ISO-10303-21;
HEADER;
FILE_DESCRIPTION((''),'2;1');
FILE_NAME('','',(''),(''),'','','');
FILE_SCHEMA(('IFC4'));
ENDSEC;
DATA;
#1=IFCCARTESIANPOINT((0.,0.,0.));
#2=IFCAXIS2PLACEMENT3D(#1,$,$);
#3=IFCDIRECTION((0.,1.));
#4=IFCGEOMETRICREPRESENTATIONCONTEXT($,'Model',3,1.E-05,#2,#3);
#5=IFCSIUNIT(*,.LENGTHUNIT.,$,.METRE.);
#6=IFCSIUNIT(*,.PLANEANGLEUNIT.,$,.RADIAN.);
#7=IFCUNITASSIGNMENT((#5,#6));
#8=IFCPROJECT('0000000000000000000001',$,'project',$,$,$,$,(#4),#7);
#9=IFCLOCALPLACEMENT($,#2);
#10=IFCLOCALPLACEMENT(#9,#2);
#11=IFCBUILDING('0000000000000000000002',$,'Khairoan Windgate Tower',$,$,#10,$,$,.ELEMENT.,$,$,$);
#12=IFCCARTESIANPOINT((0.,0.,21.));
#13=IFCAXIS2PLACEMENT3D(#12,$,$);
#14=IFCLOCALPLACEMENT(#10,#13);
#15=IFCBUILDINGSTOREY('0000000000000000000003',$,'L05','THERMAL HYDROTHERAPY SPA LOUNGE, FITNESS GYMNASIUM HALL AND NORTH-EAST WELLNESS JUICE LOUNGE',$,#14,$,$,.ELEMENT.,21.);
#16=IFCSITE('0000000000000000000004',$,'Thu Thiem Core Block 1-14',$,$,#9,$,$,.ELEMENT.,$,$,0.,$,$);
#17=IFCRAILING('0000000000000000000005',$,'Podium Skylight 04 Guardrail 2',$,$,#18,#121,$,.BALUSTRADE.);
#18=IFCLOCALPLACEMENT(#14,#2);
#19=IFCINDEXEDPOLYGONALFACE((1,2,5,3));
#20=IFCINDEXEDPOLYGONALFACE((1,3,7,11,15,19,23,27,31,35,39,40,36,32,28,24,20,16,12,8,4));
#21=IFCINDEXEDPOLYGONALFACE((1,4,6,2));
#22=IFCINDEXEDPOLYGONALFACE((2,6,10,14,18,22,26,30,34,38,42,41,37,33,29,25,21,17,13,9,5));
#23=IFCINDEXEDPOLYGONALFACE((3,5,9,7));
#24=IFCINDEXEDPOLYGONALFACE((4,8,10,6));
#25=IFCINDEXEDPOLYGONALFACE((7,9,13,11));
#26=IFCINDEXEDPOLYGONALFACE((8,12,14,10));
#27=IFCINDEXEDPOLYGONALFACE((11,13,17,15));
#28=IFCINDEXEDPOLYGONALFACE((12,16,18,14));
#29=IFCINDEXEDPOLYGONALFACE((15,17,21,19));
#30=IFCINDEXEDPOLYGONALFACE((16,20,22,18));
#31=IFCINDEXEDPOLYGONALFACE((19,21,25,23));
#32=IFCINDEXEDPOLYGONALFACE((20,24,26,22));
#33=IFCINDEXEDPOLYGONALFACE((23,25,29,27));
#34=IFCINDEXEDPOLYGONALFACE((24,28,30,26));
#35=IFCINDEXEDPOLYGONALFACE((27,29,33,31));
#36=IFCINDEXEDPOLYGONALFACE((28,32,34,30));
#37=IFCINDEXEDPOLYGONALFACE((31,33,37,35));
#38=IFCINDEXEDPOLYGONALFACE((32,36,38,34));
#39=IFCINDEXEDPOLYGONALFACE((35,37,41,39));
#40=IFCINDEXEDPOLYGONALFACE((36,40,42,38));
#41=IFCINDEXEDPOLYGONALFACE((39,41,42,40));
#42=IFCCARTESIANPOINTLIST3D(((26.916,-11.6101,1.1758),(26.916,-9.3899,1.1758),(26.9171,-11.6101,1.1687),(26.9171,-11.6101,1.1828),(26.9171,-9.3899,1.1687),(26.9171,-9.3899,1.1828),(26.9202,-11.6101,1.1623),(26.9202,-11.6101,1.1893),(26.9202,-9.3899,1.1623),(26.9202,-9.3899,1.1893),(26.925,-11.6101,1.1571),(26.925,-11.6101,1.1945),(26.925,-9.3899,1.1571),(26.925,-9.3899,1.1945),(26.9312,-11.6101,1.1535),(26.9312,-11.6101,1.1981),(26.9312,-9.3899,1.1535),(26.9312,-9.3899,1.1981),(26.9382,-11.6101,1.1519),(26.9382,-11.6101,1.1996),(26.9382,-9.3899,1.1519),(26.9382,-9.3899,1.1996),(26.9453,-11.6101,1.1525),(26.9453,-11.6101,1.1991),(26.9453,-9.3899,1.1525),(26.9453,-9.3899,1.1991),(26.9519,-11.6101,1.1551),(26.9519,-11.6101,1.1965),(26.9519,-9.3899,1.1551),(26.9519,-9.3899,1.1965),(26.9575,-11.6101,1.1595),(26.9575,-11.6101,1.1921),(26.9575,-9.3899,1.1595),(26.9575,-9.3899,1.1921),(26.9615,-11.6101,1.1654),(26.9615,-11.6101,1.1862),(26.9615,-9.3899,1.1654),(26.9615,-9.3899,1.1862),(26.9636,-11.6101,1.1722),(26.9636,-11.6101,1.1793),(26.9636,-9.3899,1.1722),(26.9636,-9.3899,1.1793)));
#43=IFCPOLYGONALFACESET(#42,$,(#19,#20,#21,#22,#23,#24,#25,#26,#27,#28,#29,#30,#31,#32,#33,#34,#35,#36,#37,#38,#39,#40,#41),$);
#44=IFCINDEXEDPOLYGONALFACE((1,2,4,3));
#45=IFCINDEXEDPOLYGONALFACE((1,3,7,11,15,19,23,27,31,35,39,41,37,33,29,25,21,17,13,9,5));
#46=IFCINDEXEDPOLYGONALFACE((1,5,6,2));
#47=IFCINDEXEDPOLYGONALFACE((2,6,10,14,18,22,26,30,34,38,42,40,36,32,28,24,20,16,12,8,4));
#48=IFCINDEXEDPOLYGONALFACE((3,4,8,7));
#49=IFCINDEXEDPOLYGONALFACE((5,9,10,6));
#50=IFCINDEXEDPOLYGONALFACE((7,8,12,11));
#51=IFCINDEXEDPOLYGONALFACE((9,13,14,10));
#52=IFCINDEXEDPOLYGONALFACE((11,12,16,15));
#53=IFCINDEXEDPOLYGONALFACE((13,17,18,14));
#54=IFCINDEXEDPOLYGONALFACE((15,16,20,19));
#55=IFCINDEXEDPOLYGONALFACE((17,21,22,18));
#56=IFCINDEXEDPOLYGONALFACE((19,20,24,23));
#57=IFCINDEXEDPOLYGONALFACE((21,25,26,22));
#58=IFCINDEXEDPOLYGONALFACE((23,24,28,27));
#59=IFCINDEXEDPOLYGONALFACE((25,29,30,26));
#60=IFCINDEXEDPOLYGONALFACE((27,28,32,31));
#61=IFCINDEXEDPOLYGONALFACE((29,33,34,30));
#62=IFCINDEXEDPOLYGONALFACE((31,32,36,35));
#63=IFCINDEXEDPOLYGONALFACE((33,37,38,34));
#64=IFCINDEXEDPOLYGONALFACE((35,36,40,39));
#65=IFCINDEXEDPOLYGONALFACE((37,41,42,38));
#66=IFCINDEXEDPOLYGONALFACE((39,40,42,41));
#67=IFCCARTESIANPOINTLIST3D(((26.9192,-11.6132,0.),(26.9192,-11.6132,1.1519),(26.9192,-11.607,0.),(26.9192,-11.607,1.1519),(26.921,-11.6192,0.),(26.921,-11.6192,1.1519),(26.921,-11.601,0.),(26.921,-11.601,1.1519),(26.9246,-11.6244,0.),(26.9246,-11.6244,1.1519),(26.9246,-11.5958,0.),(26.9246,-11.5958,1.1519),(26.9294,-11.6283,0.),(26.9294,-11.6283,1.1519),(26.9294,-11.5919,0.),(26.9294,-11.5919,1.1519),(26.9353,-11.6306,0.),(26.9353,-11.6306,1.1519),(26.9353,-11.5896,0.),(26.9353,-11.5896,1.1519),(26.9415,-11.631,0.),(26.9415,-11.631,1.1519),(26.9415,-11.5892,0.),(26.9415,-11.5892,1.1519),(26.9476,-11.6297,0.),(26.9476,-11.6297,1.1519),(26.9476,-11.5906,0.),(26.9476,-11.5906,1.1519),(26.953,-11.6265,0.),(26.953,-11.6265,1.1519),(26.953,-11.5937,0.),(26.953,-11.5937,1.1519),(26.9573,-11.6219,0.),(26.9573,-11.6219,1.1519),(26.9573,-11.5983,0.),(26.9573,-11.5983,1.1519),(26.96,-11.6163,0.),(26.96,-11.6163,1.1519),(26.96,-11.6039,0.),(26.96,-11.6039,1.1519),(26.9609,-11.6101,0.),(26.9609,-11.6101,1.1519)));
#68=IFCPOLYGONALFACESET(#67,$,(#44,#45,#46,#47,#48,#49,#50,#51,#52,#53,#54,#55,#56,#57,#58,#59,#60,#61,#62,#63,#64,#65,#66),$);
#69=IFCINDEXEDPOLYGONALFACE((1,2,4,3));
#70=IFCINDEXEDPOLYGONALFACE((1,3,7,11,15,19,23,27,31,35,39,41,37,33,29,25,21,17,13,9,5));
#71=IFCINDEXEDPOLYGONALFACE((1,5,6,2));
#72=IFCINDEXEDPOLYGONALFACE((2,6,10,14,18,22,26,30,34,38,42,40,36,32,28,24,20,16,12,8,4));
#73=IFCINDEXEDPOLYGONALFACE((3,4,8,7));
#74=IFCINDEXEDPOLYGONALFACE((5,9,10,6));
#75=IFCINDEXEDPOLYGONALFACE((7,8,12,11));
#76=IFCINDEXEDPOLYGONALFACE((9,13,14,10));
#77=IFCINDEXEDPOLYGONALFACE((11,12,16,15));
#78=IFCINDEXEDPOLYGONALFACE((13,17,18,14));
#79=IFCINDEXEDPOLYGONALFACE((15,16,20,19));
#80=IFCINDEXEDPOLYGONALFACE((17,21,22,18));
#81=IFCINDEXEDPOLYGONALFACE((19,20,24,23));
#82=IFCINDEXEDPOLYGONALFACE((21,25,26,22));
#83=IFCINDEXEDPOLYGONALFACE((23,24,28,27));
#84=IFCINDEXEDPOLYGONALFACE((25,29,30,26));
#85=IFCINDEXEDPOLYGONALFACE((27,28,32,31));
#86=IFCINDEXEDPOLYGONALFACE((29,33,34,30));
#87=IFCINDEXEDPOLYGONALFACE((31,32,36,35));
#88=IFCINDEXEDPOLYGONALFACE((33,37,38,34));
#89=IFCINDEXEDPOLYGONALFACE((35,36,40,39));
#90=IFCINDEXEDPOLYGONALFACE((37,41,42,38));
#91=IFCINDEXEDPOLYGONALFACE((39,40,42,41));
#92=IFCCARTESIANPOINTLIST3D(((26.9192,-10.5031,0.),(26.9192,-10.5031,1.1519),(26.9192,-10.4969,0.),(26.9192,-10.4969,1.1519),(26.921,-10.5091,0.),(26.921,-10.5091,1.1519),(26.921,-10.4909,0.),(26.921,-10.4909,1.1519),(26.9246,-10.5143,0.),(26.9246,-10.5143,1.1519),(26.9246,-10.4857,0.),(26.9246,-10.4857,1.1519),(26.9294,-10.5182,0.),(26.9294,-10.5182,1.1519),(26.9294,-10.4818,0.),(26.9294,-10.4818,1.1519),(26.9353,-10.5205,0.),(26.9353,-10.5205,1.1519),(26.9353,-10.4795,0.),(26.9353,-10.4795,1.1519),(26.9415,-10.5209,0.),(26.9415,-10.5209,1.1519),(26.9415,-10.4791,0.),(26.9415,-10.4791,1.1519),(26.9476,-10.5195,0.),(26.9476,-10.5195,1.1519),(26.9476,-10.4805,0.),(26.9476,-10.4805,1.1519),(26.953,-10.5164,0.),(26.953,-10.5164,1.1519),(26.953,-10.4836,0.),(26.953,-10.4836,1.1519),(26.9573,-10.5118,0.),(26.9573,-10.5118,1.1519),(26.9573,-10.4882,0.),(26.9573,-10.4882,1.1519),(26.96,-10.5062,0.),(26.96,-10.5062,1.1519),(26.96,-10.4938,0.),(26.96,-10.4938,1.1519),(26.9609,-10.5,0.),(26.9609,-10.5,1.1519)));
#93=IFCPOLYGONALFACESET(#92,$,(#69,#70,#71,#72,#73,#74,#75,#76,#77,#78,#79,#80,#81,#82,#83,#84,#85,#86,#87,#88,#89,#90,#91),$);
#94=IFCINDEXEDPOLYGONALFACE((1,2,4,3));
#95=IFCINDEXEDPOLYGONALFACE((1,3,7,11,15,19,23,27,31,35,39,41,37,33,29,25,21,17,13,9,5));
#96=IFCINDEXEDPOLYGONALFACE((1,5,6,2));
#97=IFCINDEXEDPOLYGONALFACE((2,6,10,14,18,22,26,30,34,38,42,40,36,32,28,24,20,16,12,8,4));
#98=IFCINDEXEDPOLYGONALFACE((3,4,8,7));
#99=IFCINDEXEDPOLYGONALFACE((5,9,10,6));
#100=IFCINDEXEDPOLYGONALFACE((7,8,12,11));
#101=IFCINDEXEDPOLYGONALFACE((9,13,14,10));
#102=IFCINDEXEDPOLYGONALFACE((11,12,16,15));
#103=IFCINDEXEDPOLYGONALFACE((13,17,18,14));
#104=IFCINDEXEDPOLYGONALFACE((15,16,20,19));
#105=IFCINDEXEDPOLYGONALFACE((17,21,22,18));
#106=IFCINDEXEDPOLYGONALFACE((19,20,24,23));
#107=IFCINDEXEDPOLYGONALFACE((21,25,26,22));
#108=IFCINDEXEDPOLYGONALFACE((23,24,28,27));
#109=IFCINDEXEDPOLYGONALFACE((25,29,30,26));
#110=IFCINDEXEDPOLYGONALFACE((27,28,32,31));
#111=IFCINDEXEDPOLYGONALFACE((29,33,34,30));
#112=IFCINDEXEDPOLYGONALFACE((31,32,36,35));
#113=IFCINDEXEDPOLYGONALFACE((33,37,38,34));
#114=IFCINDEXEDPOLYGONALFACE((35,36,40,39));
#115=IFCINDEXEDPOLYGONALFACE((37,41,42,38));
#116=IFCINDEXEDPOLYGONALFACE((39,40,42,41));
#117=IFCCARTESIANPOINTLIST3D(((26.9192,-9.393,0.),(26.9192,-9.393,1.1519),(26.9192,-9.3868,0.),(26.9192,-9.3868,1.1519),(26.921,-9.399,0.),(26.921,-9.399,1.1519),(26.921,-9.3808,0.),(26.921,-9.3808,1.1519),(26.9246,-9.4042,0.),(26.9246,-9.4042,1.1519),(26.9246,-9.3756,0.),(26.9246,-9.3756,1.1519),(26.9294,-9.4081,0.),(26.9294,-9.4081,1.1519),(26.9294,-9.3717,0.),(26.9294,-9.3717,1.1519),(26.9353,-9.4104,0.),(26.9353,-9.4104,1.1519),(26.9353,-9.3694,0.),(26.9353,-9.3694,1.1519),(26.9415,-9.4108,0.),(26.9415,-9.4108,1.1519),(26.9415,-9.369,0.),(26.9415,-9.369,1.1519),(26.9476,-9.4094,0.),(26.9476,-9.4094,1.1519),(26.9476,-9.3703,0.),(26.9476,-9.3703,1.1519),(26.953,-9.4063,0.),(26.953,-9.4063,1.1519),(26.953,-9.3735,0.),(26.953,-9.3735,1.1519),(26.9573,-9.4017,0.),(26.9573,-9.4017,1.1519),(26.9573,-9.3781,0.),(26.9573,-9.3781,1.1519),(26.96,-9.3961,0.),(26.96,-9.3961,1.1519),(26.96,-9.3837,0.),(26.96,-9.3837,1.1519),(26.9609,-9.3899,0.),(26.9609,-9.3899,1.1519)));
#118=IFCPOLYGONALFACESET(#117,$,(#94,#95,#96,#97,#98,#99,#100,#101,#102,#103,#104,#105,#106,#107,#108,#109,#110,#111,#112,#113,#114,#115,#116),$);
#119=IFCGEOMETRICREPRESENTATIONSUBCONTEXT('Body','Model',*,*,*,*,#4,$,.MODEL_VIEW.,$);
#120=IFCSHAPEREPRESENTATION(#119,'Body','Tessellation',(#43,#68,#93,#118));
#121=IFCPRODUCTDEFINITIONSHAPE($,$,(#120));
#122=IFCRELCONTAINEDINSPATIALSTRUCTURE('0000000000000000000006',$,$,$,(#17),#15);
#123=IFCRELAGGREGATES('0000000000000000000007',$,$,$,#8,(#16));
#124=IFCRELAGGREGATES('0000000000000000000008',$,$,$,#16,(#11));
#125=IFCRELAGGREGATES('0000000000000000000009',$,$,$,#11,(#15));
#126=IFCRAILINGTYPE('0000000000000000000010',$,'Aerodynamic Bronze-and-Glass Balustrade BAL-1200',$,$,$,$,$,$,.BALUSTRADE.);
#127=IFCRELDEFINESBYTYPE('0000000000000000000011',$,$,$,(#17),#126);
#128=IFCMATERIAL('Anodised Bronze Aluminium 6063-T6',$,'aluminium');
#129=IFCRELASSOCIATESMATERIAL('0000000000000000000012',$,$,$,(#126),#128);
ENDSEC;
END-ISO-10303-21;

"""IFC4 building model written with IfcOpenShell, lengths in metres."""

from ifc_helpers import new_model, si_unit, direction, frame, origin, origin_2d, place, context, subcontext, project, spatial, circle, extrude, material, type_object, element, save


model = new_model("IFC4")

# Units and contexts
model_context = context("Model", 3, precision=1e-05, world=origin(), true_north=direction((0.0, 1.0)))
body_context = subcontext(model_context, "Body", "Model", "MODEL_VIEW")
ifc_project = project(units=[si_unit("LENGTHUNIT", "METRE"), si_unit("PLANEANGLEUNIT", "RADIAN")], contexts=[model_context])

# Site, building, storey
site_placement = place(None, origin())
site = spatial("IfcSite", under=ifc_project, at=site_placement, Name="Thu Thiem Core Block 1-14", CompositionType="ELEMENT", RefElevation=0.0)
building_placement = place(site_placement, origin())
building = spatial("IfcBuilding", under=site, at=building_placement, Name="Khairoan Windgate Tower", CompositionType="ELEMENT")
storey_placement = place(building_placement, frame((0.0, 0.0, 21.0)))
storey = spatial("IfcBuildingStorey", under=building, at=storey_placement, Name="L05", Description="THERMAL HYDROTHERAPY SPA LOUNGE, FITNESS GYMNASIUM HALL AND NORTH-EAST WELLNESS JUICE LOUNGE", CompositionType="ELEMENT", Elevation=21.0)

# Railing
ifc_material_1 = material(Name="Anodised Bronze Aluminium 6063-T6", Category="aluminium")
railing_type_1 = type_object("IfcRailingType", Name="Aerodynamic Bronze-and-Glass Balustrade BAL-1200", PredefinedType="BALUSTRADE", material=ifc_material_1)
railing_1_placement = place(storey_placement, frame((26.9399, -11.6101, 0.0)))
element("IfcRailing", 1, at=railing_1_placement, inside=storey, type_object=railing_type_1, Name="Podium Skylight 04 Guardrail 2", PredefinedType="BALUSTRADE", context=body_context, shape_type="SweptSolid", body=[
    extrude(circle(Radius=0.0239, at=origin_2d()), frame((0.0, 0.0, 1.1758), z_axis=(0.0, 1.0, 0.0), x_axis=(-1.0, 0.0, 0.0)), (0.0, 0.0, 1.0), 2.2202),
    extrude(circle(Radius=0.021, at=origin_2d()), origin(), (0.0, 0.0, 1.0), 1.1519),
    extrude(circle(Radius=0.021, at=origin_2d()), frame((0.0, 1.1101, 0.0)), (0.0, 0.0, 1.0), 1.1519),
    extrude(circle(Radius=0.021, at=origin_2d()), frame((0.0, 2.2202, 0.0)), (0.0, 0.0, 1.0), 1.1519),
])

save(model, "model.ifc")
